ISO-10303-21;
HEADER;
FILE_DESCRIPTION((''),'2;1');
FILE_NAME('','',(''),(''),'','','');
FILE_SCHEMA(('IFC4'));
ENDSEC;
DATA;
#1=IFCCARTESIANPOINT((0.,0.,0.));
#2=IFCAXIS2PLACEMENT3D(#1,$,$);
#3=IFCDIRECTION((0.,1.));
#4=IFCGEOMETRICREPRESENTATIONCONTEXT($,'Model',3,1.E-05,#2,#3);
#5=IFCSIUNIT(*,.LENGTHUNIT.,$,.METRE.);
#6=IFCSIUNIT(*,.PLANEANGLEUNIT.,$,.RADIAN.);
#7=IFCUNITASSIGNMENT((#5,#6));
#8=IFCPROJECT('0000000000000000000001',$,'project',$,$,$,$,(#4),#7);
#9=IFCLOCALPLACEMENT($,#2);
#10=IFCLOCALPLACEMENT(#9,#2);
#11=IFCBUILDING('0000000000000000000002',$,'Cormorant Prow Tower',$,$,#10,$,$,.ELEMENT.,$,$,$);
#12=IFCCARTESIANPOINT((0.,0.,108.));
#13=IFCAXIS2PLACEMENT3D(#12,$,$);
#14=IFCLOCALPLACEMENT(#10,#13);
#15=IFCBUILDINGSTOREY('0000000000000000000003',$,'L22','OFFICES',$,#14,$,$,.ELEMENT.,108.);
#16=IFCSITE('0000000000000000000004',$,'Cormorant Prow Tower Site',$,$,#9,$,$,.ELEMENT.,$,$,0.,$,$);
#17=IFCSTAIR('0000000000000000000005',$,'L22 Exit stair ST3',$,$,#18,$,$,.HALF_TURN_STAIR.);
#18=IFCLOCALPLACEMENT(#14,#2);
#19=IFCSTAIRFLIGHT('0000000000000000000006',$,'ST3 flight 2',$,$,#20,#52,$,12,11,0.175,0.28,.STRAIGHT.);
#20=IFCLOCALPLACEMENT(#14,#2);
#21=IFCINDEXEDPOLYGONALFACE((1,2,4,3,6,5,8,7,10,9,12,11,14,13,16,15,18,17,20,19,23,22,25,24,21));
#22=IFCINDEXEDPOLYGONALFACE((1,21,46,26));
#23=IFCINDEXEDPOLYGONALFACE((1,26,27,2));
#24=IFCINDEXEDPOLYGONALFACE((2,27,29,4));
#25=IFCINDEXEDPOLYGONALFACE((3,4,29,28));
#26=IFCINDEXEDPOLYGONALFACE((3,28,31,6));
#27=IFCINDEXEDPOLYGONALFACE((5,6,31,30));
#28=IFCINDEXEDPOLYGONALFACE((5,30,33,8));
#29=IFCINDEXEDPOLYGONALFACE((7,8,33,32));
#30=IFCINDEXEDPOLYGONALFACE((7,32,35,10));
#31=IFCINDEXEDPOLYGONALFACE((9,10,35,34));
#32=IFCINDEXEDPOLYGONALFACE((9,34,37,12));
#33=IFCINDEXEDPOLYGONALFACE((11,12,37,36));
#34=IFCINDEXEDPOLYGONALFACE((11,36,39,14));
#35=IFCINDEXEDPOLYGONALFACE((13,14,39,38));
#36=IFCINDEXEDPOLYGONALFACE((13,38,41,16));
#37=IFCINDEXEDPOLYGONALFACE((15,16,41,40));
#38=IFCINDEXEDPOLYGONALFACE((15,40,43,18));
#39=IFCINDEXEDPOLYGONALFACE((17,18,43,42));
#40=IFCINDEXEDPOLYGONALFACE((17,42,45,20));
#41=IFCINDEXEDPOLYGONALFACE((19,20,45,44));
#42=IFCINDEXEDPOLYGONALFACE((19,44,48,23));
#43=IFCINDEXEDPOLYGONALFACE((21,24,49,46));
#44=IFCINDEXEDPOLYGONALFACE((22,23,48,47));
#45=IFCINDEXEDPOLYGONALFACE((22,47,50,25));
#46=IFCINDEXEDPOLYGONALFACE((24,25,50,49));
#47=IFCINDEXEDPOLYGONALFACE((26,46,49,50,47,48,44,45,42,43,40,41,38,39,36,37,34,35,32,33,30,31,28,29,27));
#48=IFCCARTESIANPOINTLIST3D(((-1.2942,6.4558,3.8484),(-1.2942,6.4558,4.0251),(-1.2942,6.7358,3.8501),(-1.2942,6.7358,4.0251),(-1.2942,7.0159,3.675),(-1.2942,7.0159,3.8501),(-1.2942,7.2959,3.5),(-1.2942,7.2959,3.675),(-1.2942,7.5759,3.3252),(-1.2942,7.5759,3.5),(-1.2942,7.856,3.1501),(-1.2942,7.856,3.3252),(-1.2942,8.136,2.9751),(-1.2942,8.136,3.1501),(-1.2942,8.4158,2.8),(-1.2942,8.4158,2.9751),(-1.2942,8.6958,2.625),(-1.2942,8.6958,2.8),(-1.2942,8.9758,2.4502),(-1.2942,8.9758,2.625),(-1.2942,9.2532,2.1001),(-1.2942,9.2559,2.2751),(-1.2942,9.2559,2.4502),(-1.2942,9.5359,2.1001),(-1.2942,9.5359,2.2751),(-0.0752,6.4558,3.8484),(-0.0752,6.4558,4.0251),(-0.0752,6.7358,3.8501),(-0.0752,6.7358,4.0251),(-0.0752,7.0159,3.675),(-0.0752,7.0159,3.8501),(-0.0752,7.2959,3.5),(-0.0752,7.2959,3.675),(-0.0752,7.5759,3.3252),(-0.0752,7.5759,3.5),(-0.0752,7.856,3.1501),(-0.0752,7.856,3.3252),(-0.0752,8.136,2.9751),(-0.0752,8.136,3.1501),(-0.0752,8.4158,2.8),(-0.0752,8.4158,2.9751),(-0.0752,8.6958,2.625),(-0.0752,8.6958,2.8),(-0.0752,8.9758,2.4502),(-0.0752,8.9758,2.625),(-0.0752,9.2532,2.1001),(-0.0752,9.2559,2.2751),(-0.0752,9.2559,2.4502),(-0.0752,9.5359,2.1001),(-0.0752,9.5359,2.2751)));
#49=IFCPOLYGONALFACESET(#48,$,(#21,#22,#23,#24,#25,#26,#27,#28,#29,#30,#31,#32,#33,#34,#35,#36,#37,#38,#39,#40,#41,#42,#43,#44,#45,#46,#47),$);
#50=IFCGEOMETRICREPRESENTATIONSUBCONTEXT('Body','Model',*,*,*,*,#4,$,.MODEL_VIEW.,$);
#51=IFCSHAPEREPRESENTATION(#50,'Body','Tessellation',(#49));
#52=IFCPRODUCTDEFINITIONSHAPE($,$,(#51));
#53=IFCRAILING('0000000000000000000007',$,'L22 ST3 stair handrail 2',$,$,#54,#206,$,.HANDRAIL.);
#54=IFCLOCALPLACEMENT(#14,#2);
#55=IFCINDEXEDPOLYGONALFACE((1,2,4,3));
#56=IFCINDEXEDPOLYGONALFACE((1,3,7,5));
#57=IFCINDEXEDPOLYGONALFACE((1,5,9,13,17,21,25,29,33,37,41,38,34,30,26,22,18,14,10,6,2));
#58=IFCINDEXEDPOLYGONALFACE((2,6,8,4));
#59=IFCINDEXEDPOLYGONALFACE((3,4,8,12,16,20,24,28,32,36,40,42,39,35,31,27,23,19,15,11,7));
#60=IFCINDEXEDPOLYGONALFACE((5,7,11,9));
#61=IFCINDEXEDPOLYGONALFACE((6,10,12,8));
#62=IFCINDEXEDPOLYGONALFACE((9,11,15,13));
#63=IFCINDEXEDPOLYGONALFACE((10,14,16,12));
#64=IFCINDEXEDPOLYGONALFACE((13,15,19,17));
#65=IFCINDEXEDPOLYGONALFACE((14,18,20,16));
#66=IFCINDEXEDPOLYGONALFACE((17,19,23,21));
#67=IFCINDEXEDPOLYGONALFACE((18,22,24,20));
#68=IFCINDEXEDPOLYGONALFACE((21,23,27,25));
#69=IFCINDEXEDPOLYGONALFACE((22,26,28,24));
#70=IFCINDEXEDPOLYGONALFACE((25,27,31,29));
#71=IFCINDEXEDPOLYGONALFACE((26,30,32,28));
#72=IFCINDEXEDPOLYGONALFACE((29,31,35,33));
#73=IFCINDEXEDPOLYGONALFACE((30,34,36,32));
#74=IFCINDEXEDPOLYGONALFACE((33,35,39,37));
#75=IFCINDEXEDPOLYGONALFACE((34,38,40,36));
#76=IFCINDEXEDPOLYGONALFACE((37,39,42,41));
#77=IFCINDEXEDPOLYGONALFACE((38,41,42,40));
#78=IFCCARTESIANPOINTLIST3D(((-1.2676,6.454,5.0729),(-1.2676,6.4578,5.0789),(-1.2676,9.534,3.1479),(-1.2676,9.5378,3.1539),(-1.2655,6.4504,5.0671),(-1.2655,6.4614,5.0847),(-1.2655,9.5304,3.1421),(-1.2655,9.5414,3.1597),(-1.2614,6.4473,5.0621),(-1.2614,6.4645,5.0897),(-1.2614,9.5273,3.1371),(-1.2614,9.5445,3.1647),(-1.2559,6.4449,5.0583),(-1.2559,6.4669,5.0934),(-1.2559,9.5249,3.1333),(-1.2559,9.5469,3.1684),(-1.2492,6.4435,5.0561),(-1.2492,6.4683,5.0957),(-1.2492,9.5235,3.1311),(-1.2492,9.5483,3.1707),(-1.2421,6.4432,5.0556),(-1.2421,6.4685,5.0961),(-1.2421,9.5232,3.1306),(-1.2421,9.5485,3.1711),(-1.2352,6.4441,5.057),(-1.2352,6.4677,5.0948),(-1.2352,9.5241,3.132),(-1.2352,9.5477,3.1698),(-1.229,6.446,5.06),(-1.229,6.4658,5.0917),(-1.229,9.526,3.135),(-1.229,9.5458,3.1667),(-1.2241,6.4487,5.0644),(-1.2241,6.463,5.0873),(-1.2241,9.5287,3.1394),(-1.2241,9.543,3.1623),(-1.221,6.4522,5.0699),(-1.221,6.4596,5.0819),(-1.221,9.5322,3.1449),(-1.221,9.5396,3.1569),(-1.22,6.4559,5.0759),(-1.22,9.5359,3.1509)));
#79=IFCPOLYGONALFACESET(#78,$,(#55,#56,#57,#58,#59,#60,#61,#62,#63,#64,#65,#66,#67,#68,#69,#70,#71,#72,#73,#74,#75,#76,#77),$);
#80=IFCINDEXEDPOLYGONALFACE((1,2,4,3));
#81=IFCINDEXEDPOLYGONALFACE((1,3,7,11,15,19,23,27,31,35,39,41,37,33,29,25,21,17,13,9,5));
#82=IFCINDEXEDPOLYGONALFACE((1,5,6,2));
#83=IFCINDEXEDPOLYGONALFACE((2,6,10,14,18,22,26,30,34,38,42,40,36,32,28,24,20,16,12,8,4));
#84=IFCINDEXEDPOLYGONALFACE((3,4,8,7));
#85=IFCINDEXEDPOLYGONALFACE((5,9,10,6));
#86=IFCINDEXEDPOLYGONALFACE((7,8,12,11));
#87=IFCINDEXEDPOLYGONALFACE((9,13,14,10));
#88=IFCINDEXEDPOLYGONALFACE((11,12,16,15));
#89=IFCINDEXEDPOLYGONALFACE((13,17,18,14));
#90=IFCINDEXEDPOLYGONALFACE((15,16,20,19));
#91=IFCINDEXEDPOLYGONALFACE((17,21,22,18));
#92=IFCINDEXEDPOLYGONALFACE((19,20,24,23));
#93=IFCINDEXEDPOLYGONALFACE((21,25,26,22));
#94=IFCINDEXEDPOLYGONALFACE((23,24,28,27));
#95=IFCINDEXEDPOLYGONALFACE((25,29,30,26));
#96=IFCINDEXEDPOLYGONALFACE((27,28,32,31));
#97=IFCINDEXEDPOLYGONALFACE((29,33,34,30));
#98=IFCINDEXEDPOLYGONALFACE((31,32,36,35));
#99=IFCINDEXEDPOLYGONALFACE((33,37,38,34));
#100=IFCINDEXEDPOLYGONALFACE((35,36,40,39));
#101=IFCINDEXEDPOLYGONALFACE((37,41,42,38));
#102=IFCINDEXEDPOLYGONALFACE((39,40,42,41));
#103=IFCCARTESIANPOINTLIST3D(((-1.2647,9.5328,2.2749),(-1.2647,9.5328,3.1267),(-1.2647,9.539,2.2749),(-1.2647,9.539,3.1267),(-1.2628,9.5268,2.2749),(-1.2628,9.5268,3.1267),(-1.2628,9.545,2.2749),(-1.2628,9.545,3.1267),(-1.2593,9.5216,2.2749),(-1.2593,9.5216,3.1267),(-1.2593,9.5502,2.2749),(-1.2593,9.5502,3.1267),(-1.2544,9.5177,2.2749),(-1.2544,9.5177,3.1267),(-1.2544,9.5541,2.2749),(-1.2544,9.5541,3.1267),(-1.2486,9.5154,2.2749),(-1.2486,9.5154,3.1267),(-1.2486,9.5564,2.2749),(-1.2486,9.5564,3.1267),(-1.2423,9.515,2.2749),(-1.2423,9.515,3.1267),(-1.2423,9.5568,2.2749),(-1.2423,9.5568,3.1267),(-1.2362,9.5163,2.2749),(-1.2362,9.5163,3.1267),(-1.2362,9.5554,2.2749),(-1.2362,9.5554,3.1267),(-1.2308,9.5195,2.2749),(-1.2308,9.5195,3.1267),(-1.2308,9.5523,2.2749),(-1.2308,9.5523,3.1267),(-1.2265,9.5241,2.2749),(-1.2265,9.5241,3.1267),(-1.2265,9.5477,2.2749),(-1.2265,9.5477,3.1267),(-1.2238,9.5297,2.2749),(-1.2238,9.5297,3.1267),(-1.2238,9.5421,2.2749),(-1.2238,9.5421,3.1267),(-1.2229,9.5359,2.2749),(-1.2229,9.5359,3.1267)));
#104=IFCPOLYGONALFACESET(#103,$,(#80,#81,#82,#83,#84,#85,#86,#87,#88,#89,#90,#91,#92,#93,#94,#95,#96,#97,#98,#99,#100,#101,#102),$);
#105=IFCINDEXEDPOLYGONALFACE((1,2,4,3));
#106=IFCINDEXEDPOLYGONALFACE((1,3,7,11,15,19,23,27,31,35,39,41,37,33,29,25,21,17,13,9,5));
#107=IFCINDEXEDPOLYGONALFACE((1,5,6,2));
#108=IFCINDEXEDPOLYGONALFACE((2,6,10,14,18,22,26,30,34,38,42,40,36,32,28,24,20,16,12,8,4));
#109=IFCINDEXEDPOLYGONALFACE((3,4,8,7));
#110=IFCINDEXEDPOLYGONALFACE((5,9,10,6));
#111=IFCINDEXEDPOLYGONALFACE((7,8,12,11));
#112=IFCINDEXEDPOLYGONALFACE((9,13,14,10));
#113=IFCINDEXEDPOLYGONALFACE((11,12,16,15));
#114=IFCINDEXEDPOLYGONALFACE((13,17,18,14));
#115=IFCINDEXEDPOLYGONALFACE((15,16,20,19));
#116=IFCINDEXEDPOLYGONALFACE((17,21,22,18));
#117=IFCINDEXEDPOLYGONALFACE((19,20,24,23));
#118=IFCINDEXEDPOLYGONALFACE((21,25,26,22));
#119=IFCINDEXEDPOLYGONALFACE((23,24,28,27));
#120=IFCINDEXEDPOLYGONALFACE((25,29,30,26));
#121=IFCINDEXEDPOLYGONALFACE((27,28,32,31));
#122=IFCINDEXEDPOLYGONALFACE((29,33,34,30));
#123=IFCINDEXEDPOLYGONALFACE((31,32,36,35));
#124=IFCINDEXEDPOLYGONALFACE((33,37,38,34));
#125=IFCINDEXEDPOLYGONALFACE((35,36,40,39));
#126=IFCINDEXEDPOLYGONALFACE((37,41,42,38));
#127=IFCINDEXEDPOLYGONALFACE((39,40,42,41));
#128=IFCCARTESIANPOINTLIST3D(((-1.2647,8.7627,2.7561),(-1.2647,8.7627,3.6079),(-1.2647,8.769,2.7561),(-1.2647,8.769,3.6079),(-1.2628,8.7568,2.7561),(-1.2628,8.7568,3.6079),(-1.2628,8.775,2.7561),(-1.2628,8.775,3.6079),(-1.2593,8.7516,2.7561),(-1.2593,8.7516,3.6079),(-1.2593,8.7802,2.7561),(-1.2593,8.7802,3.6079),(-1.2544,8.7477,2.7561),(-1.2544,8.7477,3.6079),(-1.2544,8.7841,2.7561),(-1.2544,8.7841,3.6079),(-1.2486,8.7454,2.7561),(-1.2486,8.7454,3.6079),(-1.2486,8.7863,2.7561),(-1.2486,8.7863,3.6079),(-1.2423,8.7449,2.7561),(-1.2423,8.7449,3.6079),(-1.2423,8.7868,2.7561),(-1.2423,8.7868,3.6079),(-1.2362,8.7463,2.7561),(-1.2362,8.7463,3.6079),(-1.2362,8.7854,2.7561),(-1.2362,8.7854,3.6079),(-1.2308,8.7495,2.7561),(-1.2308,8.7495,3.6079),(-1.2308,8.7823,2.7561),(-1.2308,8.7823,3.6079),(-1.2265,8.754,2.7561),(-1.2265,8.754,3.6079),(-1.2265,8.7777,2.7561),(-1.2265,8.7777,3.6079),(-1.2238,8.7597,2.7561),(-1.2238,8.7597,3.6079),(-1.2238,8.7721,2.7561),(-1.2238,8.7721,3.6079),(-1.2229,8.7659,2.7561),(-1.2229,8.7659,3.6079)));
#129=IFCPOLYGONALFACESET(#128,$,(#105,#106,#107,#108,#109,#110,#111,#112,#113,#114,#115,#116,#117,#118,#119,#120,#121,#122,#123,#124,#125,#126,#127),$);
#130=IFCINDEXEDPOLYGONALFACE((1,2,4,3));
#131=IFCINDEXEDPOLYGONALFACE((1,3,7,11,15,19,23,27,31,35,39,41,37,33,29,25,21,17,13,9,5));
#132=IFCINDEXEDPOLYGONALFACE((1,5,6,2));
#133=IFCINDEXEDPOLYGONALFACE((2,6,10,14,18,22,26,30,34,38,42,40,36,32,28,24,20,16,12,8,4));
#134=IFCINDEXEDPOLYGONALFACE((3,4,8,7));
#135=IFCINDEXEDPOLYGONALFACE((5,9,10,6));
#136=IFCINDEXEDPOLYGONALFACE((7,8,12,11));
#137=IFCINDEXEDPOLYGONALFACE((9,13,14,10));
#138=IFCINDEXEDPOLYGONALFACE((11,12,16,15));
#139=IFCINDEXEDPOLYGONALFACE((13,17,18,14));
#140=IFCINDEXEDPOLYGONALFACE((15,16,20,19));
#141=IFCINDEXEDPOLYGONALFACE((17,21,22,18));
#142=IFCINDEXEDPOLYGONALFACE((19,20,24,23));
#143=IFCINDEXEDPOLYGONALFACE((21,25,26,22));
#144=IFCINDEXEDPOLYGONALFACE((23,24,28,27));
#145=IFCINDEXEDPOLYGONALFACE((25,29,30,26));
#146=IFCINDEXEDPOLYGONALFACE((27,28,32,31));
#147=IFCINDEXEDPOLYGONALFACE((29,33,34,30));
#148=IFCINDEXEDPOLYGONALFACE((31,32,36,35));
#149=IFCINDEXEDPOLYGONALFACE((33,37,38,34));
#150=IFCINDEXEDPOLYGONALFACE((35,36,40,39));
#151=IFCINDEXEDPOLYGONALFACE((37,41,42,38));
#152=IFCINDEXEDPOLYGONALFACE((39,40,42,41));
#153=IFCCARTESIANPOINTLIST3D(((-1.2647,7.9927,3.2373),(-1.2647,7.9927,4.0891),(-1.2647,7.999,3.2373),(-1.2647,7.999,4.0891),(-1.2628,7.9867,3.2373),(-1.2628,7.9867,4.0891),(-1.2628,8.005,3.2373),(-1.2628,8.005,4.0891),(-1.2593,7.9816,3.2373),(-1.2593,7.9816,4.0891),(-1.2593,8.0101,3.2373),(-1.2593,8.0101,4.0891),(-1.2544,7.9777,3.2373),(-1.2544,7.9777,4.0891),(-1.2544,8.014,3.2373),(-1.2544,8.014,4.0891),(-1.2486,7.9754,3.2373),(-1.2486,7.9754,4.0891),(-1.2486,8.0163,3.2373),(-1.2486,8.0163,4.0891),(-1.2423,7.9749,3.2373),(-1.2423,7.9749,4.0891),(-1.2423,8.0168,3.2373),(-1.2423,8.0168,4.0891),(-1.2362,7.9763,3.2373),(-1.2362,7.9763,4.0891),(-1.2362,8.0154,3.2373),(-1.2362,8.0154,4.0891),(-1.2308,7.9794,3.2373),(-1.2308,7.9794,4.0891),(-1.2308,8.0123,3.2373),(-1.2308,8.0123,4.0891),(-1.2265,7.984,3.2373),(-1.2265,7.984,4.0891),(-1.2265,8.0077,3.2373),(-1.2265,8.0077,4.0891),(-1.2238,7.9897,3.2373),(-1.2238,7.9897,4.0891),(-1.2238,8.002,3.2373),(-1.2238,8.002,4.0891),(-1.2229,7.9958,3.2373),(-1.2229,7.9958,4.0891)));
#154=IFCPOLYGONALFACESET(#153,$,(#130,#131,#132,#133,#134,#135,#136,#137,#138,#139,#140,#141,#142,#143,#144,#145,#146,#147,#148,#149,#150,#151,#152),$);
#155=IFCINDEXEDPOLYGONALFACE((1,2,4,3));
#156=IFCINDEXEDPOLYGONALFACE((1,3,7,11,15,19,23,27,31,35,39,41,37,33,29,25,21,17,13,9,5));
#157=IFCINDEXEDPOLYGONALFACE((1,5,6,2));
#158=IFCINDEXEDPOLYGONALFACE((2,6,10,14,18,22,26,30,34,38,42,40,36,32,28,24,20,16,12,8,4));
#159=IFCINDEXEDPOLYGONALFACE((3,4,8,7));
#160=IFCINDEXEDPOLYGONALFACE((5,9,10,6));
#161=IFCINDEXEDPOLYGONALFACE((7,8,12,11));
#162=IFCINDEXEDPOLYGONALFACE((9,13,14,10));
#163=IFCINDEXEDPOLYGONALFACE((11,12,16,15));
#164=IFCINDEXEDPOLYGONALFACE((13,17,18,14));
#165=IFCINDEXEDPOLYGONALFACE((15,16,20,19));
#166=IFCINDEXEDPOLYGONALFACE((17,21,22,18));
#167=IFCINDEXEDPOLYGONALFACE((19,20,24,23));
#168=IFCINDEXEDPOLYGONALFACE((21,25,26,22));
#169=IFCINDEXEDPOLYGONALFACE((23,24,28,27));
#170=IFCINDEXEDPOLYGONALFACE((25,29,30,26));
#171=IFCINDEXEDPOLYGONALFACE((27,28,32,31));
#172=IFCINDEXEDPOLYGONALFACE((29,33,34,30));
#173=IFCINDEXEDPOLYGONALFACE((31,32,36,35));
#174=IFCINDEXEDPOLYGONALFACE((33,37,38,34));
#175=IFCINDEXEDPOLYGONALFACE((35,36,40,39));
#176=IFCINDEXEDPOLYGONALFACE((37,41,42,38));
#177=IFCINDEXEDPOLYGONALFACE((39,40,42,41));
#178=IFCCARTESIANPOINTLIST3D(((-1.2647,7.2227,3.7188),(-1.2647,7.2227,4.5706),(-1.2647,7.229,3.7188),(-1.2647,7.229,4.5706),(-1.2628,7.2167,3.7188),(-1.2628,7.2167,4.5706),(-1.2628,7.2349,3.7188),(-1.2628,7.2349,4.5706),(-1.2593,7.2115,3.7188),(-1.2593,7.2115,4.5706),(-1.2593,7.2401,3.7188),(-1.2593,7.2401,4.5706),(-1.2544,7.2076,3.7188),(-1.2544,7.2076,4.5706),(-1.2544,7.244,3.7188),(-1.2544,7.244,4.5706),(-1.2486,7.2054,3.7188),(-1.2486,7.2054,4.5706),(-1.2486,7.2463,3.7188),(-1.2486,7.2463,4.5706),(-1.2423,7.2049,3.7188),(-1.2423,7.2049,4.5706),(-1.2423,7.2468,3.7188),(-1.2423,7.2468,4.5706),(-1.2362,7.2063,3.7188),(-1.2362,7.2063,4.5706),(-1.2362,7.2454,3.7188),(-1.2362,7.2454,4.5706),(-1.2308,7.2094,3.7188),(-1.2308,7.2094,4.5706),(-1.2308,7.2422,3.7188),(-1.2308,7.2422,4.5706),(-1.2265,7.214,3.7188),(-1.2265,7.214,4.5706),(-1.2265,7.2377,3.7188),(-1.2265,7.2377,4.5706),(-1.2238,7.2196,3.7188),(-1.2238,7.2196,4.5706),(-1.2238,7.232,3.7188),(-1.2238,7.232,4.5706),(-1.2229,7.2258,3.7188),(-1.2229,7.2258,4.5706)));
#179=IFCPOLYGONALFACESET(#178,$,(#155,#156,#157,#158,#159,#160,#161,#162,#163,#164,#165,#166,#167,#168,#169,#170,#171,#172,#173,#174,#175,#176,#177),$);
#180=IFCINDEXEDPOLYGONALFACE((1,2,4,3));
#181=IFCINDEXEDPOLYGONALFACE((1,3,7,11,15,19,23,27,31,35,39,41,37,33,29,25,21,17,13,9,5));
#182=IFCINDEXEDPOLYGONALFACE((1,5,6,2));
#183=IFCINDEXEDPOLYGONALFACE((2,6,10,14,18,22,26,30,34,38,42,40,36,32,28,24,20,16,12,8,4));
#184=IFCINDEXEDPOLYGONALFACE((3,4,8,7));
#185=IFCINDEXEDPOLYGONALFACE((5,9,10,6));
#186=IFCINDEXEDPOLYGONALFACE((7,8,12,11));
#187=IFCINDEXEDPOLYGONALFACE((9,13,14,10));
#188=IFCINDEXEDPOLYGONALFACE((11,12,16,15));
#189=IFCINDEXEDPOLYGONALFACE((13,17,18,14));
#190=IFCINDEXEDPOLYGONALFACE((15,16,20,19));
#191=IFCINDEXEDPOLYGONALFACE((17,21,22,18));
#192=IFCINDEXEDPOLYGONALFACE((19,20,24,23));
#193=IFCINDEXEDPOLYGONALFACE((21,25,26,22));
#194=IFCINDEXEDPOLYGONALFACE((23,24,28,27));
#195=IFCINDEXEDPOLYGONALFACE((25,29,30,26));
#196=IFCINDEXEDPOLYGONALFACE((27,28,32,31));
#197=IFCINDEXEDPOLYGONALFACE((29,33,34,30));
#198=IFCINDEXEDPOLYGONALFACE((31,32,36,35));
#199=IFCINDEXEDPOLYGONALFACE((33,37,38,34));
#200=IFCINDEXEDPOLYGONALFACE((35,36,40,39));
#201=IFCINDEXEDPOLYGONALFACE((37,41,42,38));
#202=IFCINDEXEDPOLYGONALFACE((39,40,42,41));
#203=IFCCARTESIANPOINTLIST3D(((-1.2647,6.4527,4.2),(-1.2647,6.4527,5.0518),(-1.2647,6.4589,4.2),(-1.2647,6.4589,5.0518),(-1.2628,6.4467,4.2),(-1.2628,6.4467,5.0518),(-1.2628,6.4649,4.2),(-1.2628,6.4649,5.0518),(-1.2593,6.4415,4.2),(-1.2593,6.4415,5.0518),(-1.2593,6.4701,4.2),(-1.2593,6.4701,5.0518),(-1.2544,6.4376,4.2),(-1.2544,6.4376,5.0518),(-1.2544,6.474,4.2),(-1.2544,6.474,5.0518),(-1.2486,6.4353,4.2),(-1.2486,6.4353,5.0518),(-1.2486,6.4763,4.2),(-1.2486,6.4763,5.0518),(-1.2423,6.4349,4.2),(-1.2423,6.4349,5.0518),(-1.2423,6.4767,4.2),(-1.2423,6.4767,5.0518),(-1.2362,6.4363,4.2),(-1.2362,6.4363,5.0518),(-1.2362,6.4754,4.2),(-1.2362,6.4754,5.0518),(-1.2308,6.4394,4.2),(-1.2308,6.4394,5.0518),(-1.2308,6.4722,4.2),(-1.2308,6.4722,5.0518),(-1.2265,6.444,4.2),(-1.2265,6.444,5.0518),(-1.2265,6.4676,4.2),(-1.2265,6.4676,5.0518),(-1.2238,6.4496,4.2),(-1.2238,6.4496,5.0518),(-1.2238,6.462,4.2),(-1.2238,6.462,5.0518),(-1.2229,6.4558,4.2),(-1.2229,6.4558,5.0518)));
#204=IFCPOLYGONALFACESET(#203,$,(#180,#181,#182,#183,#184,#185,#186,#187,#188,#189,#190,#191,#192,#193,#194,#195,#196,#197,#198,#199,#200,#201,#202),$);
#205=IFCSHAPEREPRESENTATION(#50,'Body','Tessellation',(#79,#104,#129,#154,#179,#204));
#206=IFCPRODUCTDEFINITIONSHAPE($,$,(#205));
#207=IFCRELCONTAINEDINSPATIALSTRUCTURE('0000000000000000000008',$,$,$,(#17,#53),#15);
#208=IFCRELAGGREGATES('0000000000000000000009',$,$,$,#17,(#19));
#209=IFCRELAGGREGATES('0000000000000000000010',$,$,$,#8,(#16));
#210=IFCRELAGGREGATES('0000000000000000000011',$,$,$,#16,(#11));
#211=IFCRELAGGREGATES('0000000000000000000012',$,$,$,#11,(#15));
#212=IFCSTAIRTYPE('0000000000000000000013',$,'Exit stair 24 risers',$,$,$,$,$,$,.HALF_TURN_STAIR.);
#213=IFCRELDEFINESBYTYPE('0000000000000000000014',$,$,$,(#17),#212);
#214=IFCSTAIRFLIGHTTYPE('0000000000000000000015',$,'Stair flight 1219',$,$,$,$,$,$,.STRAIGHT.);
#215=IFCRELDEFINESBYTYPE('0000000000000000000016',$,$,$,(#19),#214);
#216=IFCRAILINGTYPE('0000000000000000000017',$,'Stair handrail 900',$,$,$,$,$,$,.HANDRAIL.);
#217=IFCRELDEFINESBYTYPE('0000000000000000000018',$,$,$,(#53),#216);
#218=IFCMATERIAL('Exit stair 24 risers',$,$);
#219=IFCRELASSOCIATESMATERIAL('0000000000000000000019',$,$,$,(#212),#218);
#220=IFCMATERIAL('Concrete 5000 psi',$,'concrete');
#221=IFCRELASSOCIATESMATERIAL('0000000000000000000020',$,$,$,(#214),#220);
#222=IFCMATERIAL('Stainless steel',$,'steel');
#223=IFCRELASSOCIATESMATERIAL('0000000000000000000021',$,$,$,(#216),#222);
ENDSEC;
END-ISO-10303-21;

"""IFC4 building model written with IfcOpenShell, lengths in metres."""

from ifc_helpers import new_model, si_unit, direction, frame, origin, origin_2d, place, context, subcontext, project, spatial, polyline, circle, outline, extrude, material, type_object, element, aggregate, save


model = new_model("IFC4")

# Units and contexts
model_context = context("Model", 3, precision=1e-05, world=origin(), true_north=direction((0.0, 1.0)))
body_context = subcontext(model_context, "Body", "Model", "MODEL_VIEW")
ifc_project = project(units=[si_unit("LENGTHUNIT", "METRE"), si_unit("PLANEANGLEUNIT", "RADIAN")], contexts=[model_context])

# Site, building, storey
site_placement = place(None, origin())
site = spatial("IfcSite", under=ifc_project, at=site_placement, Name="Cormorant Prow Tower Site", CompositionType="ELEMENT", RefElevation=0.0)
building_placement = place(site_placement, origin())
building = spatial("IfcBuilding", under=site, at=building_placement, Name="Cormorant Prow Tower", CompositionType="ELEMENT")
storey_placement = place(building_placement, frame((0.0, 0.0, 108.0)))
storey = spatial("IfcBuildingStorey", under=building, at=storey_placement, Name="L22", Description="OFFICES", CompositionType="ELEMENT", Elevation=108.0)

# Stair, stair flight
ifc_material_1 = material(Name="Exit stair 24 risers")
stair_type = type_object("IfcStairType", Name="Exit stair 24 risers", PredefinedType="HALF_TURN_STAIR", material=ifc_material_1)
stair_placement = place(storey_placement, origin())
stair = element("IfcStair", 1, at=stair_placement, inside=storey, type_object=stair_type, Name="L22 Exit stair ST3", PredefinedType="HALF_TURN_STAIR")
ifc_material_2 = material(Name="Concrete 5000 psi", Category="concrete")
stair_flight_type = type_object("IfcStairFlightType", Name="Stair flight 1219", PredefinedType="STRAIGHT", material=ifc_material_2)
stair_flight_placement = place(storey_placement, frame((-0.6846, 9.5359, 2.1001), z_axis=(0.0, 0.0, 1.0), x_axis=(0.0, -1.0, 0.0)))
stair_flight = element("IfcStairFlight", 2, at=stair_flight_placement, type_object=stair_flight_type, Name="ST3 flight 2", NumberOfRisers=12, NumberOfTreads=11, PredefinedType="STRAIGHT", RiserHeight=0.175, TreadLength=0.28, context=body_context, shape_type="SweptSolid", body=[
    extrude(outline(polyline([(0.0, 0.0), (0.0, 0.175), (0.28, 0.175), (0.28, 0.3501), (0.5601, 0.3501), (0.5601, 0.5249), (0.8401, 0.5249), (0.8401, 0.7), (1.1201, 0.7), (1.1201, 0.875), (1.3999, 0.875), (1.3999, 1.05), (1.6799, 1.05), (1.6799, 1.2251), (1.96, 1.2251), (1.96, 1.3999), (2.24, 1.3999), (2.24, 1.575), (2.52, 1.575), (2.52, 1.75), (2.8, 1.75), (2.8, 1.925), (3.0801, 1.925), (3.0801, 2.1001), (3.0801, 1.7483), (0.2827, 0.0), (0.0, 0.0)])), frame((0.0, 0.6094, 0.0), z_axis=(0.0, -1.0, 0.0), x_axis=(1.0, 0.0, 0.0)), (0.0, 0.0, 1.0), 1.219),
])
aggregate(stair, [stair_flight])

# Railing
ifc_material_3 = material(Name="Stainless steel", Category="steel")
railing_type = type_object("IfcRailingType", Name="Stair handrail 900", PredefinedType="HANDRAIL", material=ifc_material_3)
railing_placement = place(storey_placement, frame((-1.2439, 9.5359, 2.2749)))
element("IfcRailing", 3, at=railing_placement, inside=storey, type_object=railing_type, Name="L22 ST3 stair handrail 2", PredefinedType="HANDRAIL", context=body_context, shape_type="SweptSolid", body=[
    extrude(circle(Radius=0.0239, at=origin_2d()), frame((0.0, 0.0, 0.876), z_axis=(0.0, -0.847998, 0.529999), x_axis=(1.0, 0.0, 0.0)), (0.0, 0.0, 1.0), 3.6321),
    extrude(circle(Radius=0.021, at=origin_2d()), origin(), (0.0, 0.0, 1.0), 0.8518),
    extrude(circle(Radius=0.021, at=origin_2d()), frame((0.0, -0.77, 0.4812)), (0.0, 0.0, 1.0), 0.8518),
    extrude(circle(Radius=0.021, at=origin_2d()), frame((0.0, -1.54, 0.9624)), (0.0, 0.0, 1.0), 0.8518),
    extrude(circle(Radius=0.021, at=origin_2d()), frame((0.0, -2.3101, 1.4438)), (0.0, 0.0, 1.0), 0.8518),
    extrude(circle(Radius=0.021, at=origin_2d()), frame((0.0, -3.0801, 1.925)), (0.0, 0.0, 1.0), 0.8518),
])

save(model, "model.ifc")
